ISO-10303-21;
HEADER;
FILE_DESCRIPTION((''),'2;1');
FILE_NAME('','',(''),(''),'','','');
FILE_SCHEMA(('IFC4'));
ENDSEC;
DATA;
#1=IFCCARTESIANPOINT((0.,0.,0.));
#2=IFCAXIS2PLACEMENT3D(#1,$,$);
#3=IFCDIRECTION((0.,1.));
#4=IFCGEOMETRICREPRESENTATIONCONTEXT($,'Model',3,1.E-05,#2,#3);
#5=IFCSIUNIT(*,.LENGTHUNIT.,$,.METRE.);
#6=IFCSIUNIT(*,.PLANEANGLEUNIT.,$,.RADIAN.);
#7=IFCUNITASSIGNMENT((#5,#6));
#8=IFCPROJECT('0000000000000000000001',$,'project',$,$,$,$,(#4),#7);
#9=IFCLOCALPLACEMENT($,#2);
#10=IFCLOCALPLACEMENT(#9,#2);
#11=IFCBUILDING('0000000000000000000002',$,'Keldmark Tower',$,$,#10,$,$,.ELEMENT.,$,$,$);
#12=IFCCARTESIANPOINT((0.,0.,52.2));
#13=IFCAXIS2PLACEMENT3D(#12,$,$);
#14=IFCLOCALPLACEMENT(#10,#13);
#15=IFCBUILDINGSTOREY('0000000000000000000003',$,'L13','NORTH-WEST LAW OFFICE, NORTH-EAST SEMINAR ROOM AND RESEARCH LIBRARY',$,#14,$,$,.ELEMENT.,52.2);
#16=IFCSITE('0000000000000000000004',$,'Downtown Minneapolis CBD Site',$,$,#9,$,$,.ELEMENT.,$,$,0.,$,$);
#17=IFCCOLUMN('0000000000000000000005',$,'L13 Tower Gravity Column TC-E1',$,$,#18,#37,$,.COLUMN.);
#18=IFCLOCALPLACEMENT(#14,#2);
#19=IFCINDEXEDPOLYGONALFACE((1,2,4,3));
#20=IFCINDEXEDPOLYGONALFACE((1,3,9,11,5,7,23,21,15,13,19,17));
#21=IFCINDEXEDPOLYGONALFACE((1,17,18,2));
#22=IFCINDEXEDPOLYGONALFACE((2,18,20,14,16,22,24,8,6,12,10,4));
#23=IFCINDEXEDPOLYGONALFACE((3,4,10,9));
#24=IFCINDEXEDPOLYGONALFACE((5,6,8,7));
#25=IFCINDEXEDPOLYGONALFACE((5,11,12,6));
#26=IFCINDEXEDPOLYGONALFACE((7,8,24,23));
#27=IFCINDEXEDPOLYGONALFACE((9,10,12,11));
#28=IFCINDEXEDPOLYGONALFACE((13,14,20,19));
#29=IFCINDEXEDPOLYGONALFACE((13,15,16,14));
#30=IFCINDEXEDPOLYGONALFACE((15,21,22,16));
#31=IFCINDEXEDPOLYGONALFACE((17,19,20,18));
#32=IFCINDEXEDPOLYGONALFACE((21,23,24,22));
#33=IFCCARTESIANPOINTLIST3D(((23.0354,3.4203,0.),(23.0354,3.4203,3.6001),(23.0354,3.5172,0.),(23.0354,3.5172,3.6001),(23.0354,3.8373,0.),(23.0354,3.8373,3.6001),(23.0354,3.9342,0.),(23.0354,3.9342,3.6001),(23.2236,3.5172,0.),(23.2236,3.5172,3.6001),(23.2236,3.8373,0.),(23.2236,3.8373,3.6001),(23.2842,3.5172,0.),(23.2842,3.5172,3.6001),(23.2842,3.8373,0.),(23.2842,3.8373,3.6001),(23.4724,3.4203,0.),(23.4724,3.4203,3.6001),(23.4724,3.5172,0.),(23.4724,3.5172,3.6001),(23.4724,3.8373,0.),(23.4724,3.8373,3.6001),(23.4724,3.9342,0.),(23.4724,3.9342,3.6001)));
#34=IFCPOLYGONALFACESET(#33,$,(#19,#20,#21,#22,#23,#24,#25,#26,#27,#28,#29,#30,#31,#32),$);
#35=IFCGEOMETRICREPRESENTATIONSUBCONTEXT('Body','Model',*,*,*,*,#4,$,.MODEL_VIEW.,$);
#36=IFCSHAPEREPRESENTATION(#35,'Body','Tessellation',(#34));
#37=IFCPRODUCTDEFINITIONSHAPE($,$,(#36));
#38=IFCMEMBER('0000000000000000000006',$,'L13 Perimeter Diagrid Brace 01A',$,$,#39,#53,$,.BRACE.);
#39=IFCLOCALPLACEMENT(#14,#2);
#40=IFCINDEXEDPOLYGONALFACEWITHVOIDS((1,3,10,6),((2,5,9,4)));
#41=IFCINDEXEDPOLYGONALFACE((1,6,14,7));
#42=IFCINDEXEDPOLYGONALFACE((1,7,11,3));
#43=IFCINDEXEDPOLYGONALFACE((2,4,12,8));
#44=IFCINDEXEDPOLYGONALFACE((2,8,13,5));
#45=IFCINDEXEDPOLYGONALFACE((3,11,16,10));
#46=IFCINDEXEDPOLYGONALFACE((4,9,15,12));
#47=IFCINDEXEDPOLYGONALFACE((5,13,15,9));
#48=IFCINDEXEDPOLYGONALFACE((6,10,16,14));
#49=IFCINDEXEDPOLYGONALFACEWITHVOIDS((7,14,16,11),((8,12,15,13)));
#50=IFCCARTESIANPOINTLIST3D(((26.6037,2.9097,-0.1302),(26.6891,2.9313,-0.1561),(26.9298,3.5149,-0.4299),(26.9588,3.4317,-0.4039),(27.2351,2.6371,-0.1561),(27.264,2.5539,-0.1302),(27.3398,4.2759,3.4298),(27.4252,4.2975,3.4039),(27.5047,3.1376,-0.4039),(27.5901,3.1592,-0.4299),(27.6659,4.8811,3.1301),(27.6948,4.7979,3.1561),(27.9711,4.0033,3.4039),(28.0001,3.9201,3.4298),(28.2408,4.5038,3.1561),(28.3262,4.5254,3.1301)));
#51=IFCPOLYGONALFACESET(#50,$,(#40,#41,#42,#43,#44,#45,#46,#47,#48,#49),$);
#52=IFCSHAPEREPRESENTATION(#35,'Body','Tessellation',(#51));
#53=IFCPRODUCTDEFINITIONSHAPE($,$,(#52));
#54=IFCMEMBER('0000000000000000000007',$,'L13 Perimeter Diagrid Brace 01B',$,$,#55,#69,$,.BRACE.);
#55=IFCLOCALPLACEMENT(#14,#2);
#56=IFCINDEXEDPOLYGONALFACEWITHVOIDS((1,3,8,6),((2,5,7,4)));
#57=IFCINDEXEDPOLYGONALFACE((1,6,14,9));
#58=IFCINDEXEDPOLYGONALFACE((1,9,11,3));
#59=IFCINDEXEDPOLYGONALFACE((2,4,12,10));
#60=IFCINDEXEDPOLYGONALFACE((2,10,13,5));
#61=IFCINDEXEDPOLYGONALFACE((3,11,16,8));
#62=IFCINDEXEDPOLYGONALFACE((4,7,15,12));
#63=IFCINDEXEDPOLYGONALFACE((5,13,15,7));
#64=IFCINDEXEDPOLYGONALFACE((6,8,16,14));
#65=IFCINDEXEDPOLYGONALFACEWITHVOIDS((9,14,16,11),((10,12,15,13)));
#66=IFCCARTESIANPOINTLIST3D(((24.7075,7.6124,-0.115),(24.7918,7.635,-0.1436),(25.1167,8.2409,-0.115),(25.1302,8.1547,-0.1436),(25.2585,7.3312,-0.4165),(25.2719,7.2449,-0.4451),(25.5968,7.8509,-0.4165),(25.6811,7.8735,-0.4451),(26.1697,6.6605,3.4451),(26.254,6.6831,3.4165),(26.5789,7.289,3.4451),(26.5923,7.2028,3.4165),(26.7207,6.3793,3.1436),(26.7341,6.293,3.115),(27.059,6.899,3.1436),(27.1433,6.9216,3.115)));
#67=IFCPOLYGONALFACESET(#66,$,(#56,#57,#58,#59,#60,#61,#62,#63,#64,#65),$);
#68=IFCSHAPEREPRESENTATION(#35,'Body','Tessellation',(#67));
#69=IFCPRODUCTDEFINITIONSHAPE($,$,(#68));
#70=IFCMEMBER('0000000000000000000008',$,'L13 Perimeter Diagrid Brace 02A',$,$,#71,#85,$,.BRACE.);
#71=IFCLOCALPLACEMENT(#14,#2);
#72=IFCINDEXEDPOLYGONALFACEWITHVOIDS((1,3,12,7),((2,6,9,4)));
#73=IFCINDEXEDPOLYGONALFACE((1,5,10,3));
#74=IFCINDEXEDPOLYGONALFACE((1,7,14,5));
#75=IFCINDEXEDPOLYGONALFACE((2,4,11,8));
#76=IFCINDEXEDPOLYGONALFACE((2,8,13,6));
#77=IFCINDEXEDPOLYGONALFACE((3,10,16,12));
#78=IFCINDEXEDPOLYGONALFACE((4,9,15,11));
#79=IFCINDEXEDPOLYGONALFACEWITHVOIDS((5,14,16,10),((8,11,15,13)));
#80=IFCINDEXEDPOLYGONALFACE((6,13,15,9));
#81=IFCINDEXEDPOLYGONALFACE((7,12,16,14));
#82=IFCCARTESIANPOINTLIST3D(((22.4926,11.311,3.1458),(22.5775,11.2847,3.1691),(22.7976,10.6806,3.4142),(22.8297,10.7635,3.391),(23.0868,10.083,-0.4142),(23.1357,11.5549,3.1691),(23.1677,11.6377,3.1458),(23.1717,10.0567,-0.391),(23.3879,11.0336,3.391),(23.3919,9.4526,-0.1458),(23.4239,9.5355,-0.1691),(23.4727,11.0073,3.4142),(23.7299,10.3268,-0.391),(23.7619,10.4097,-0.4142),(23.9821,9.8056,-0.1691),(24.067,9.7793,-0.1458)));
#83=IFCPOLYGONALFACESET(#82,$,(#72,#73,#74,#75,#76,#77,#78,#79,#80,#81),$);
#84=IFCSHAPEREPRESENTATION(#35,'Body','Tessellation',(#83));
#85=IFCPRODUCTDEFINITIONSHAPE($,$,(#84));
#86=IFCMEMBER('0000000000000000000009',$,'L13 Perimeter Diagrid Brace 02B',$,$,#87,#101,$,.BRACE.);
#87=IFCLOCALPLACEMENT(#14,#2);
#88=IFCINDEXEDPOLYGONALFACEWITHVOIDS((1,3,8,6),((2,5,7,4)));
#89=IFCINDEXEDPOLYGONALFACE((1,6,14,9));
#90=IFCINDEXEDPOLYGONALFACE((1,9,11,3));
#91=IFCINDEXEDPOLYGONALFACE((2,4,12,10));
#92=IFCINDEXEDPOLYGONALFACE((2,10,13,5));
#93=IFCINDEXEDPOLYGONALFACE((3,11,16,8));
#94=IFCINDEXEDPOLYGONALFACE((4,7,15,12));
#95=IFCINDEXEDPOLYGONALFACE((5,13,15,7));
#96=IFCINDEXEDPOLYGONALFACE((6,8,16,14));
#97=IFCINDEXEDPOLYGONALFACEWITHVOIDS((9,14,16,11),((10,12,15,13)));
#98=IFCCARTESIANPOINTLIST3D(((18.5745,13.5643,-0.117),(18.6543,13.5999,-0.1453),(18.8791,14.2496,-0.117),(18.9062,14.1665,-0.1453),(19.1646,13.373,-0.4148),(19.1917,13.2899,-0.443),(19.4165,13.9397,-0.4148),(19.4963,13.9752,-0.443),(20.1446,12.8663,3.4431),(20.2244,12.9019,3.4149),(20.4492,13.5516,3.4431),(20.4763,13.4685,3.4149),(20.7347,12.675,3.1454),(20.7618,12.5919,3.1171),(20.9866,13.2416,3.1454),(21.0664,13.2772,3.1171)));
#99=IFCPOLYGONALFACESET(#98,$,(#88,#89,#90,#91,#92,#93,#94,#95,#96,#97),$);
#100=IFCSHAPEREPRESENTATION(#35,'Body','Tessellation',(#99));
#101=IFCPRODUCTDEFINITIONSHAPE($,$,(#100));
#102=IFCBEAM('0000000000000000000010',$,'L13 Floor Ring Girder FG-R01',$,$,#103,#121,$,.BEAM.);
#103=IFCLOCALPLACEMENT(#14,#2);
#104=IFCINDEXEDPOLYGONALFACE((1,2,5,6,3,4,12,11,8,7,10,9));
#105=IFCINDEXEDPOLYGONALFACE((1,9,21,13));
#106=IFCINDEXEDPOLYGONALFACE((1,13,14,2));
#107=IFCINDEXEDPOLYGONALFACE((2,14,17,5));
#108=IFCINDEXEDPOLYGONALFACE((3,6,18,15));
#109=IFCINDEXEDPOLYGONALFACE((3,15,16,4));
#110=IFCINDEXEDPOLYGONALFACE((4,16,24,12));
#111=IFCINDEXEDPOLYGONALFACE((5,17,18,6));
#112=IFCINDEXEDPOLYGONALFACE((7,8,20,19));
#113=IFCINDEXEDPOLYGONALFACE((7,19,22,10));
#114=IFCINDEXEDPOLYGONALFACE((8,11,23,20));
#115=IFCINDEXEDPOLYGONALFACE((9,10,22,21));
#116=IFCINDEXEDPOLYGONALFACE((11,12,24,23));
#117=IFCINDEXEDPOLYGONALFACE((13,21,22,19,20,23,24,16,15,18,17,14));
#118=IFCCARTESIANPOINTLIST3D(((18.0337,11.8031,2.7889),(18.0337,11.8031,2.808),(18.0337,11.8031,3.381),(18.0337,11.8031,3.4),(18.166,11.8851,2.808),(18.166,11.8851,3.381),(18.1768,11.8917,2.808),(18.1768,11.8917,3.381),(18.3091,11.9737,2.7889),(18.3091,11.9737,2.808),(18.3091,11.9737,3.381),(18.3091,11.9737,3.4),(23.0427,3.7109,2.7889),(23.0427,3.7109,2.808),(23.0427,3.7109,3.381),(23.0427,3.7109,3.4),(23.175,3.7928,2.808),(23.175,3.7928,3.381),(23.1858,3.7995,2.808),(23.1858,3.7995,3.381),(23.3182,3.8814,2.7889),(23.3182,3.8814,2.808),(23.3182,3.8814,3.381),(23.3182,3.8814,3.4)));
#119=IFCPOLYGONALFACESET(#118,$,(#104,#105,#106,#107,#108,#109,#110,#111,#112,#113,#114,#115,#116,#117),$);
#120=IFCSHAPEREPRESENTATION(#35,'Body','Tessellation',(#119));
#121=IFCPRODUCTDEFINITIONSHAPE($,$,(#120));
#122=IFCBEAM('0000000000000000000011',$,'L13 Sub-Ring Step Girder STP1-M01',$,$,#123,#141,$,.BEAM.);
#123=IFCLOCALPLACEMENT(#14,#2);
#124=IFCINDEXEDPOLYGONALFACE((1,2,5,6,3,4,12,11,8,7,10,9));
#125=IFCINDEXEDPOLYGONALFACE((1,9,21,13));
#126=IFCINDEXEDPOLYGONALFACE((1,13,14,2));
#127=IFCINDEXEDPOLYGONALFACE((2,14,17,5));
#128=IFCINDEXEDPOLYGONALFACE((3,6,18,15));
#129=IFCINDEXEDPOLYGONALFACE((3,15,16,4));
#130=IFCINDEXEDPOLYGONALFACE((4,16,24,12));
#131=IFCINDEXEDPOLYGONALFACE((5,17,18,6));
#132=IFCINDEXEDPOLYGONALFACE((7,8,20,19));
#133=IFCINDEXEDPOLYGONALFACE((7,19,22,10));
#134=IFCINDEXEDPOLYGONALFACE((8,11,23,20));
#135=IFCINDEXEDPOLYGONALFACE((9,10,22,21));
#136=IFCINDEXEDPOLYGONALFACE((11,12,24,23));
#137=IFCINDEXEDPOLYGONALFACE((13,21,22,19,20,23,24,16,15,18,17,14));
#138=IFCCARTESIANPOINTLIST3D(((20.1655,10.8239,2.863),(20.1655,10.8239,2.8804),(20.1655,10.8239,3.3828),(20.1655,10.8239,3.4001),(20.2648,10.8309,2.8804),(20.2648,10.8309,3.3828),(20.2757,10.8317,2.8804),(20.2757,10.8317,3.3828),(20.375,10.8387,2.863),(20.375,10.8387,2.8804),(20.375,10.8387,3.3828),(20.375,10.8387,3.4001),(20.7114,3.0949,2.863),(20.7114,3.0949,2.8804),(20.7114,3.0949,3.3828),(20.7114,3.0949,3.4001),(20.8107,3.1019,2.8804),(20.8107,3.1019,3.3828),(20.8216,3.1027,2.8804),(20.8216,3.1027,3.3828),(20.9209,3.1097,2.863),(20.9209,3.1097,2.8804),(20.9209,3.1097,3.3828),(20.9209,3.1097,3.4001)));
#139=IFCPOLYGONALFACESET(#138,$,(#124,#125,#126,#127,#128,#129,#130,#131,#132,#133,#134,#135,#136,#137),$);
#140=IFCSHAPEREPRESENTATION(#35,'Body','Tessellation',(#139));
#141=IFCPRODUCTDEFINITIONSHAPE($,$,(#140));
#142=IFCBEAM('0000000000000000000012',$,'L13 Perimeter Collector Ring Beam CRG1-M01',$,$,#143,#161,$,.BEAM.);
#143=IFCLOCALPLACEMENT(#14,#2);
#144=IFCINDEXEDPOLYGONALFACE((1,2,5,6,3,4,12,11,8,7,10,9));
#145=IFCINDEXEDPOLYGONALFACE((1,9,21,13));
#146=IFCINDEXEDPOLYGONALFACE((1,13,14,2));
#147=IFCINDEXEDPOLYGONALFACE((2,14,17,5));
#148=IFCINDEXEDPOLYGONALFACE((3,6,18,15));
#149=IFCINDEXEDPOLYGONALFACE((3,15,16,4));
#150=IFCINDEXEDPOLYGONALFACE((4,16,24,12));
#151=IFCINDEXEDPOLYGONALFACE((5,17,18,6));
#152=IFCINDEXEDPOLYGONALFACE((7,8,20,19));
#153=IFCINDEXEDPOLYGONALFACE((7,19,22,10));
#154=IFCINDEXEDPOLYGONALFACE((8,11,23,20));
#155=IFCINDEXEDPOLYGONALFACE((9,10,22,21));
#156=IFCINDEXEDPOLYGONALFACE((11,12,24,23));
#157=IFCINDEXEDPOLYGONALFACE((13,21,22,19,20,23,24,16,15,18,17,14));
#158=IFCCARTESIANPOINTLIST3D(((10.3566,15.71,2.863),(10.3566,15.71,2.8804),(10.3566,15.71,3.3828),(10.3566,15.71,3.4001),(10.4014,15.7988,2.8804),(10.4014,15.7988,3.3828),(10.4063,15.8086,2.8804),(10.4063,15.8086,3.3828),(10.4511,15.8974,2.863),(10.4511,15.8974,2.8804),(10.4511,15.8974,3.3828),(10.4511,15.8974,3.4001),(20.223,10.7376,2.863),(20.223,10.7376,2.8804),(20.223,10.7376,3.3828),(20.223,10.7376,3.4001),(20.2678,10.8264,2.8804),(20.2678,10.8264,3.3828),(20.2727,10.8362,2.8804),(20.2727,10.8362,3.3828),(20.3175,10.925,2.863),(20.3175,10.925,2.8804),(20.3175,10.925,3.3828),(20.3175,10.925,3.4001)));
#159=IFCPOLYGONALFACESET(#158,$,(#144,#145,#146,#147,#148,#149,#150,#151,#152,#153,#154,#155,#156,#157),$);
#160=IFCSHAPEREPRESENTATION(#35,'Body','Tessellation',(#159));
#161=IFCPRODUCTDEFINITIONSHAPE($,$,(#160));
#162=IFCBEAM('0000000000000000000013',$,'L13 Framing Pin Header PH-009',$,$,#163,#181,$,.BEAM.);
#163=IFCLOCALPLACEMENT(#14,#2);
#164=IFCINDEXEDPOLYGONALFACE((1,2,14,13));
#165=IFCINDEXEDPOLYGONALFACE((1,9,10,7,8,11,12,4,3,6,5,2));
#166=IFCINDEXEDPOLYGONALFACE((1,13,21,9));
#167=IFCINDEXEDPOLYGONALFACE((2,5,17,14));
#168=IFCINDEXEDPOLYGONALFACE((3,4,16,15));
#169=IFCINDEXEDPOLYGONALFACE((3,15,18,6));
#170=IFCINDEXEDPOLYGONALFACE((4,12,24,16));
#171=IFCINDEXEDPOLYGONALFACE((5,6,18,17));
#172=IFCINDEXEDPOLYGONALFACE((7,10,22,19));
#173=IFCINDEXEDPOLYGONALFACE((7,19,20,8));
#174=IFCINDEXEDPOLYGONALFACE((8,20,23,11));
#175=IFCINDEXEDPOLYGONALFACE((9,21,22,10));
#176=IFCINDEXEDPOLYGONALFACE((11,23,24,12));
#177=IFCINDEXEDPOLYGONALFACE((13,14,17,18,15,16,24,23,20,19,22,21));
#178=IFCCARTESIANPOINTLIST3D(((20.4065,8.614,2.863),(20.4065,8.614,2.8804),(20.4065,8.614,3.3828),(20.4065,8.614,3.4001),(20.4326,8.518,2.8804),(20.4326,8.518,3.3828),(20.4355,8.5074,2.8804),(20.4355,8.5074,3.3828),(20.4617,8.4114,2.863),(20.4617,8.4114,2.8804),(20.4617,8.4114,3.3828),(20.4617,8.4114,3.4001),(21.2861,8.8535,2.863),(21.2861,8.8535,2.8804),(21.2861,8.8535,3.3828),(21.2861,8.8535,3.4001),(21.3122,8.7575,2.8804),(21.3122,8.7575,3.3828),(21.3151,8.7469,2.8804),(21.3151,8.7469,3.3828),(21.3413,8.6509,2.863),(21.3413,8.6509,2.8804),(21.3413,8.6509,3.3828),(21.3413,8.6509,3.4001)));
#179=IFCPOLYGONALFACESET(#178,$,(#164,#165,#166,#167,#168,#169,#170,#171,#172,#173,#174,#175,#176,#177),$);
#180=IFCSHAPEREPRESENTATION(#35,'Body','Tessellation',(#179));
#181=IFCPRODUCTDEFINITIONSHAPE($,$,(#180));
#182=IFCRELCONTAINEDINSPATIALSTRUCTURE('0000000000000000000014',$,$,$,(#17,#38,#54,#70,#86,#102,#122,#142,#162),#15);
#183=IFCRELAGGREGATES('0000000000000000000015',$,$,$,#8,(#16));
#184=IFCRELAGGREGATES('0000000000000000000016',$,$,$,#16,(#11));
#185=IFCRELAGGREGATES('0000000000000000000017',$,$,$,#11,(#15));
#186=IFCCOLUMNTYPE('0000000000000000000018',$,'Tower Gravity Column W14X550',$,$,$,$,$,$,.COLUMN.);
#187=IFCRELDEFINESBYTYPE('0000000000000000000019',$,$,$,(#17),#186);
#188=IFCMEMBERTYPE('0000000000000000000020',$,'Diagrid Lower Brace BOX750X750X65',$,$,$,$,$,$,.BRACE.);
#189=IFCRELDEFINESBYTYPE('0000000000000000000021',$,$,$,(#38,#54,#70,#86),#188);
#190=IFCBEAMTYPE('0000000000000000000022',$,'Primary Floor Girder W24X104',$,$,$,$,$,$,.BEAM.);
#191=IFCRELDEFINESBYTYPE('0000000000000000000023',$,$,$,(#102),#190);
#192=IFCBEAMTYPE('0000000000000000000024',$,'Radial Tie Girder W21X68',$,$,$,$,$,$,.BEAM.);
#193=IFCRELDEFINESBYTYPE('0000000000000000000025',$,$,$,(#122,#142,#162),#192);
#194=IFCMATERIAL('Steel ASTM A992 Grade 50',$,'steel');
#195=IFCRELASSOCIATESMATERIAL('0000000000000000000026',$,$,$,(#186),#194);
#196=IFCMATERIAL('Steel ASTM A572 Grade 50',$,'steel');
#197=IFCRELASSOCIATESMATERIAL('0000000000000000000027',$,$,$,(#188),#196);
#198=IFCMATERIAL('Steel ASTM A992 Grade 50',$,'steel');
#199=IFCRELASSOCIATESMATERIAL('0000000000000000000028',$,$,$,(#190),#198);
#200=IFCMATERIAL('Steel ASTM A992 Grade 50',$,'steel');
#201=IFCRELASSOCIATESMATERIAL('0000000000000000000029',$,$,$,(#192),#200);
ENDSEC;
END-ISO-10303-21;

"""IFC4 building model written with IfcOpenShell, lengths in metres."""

from ifc_helpers import new_model, si_unit, direction, frame, origin, origin_2d, place, context, subcontext, project, spatial, hollow_rectangle, i_section, extrude, material, material_profile, profile_set, type_object, element, save


model = new_model("IFC4")

# Units and contexts
model_context = context("Model", 3, precision=1e-05, world=origin(), true_north=direction((0.0, 1.0)))
body_context = subcontext(model_context, "Body", "Model", "MODEL_VIEW")
ifc_project = project(units=[si_unit("LENGTHUNIT", "METRE"), si_unit("PLANEANGLEUNIT", "RADIAN")], contexts=[model_context])

# Site, building, storey
site_placement = place(None, origin())
site = spatial("IfcSite", under=ifc_project, at=site_placement, Name="Downtown Minneapolis CBD Site", CompositionType="ELEMENT", RefElevation=0.0)
building_placement = place(site_placement, origin())
building = spatial("IfcBuilding", under=site, at=building_placement, Name="Keldmark Tower", CompositionType="ELEMENT")
storey_placement = place(building_placement, frame((0.0, 0.0, 52.2)))
storey = spatial("IfcBuildingStorey", under=building, at=storey_placement, Name="L13", Description="NORTH-WEST LAW OFFICE, NORTH-EAST SEMINAR ROOM AND RESEARCH LIBRARY", CompositionType="ELEMENT", Elevation=52.2)

# Column
ifc_material_1 = material(Name="Steel ASTM A992 Grade 50", Category="steel")
ifc_material_profile_1 = material_profile(ifc_material_1, i_section(OverallWidth=0.437, OverallDepth=0.5139, WebThickness=0.0605, FlangeThickness=0.0969, at=origin_2d()), Name="W14X550")
ifc_profile_set_1 = profile_set([ifc_material_profile_1], Name="Steel ASTM A992 Grade 50")
column_type = type_object("IfcColumnType", Name="Tower Gravity Column W14X550", PredefinedType="COLUMN", material=ifc_profile_set_1)
column_placement = place(storey_placement, frame((23.2539, 3.6772, 0.0), z_axis=(0.0, 0.0, 1.0), x_axis=(1.0, 0.0, 0.0)))
element("IfcColumn", 1, at=column_placement, inside=storey, type_object=column_type, Name="L13 Tower Gravity Column TC-E1", PredefinedType="COLUMN", context=body_context, shape_type="SweptSolid", body=[
    extrude(i_section(OverallWidth=0.437, OverallDepth=0.5139, WebThickness=0.0605, FlangeThickness=0.0969, at=origin_2d()), origin(), (0.0, 0.0, 1.0), 3.6001),
])

# Members
ifc_material_2 = material(Name="Steel ASTM A572 Grade 50", Category="steel")
ifc_material_profile_2 = material_profile(ifc_material_2, hollow_rectangle(XDim=0.75, YDim=0.75, WallThickness=0.0649, at=origin_2d()), Name="BOX750X750X65")
ifc_profile_set_2 = profile_set([ifc_material_profile_2], Name="Steel ASTM A572 Grade 50")
member_type = type_object("IfcMemberType", Name="Diagrid Lower Brace BOX750X750X65", PredefinedType="BRACE", material=ifc_profile_set_2)
member_1_placement = place(storey_placement, frame((27.0969, 3.0344, -0.28), z_axis=(0.189536, 0.35179, 0.91669), x_axis=(-0.880355, 0.474316, 0.0)))
element("IfcMember", 2, at=member_1_placement, inside=storey, type_object=member_type, Name="L13 Perimeter Diagrid Brace 01A", PredefinedType="BRACE", context=body_context, shape_type="SweptSolid", body=[
    extrude(hollow_rectangle(XDim=0.75, YDim=0.75, WallThickness=0.0649, at=origin_2d()), origin(), (0.0, 0.0, 1.0), 3.8835),
])
member_2_placement = place(storey_placement, frame((25.1943, 7.7429, -0.28), z_axis=(0.368804, -0.240101, 0.897962), x_axis=(0.545593, 0.83805, 0.0)))
element("IfcMember", 3, at=member_2_placement, inside=storey, type_object=member_type, Name="L13 Perimeter Diagrid Brace 01B", PredefinedType="BRACE", context=body_context, shape_type="SweptSolid", body=[
    extrude(hollow_rectangle(XDim=0.75, YDim=0.75, WallThickness=0.0649, at=origin_2d()), origin(), (0.0, 0.0, 1.0), 3.9646),
])
member_3_placement = place(storey_placement, frame((23.5769, 9.9312, -0.28), z_axis=(-0.155866, 0.322105, 0.933785), x_axis=(-0.90015, -0.43558, 0.0)))
element("IfcMember", 4, at=member_3_placement, inside=storey, type_object=member_type, Name="L13 Perimeter Diagrid Brace 02A", PredefinedType="BRACE", context=body_context, shape_type="SweptSolid", body=[
    extrude(hollow_rectangle(XDim=0.75, YDim=0.75, WallThickness=0.0649, at=origin_2d()), origin(), (0.0, 0.0, 1.0), 3.8125),
])
member_4_placement = place(storey_placement, frame((19.0354, 13.7698, -0.28), z_axis=(0.397182, -0.176574, 0.900593), x_axis=(0.406231, 0.913771, 0.0)))
element("IfcMember", 5, at=member_4_placement, inside=storey, type_object=member_type, Name="L13 Perimeter Diagrid Brace 02B", PredefinedType="BRACE", context=body_context, shape_type="SweptSolid", body=[
    extrude(hollow_rectangle(XDim=0.75, YDim=0.75, WallThickness=0.0649, at=origin_2d()), origin(), (0.0, 0.0, 1.0), 3.9531),
])

# Beams
ifc_material_3 = material(Name="Steel ASTM A992 Grade 50", Category="steel")
ifc_material_profile_3 = material_profile(ifc_material_3, i_section(OverallWidth=0.324, OverallDepth=0.6111, WebThickness=0.0127, FlangeThickness=0.019, at=origin_2d()), Name="W24X104")
ifc_profile_set_3 = profile_set([ifc_material_profile_3], Name="Steel ASTM A992 Grade 50")
beam_type_1 = type_object("IfcBeamType", Name="Primary Floor Girder W24X104", PredefinedType="BEAM", material=ifc_profile_set_3)
beam_1_placement = place(storey_placement, frame((23.1804, 3.7961, 3.0945), z_axis=(-0.526318, 0.850288, 0.0), x_axis=(-0.850288, -0.526318, 0.0)))
element("IfcBeam", 6, at=beam_1_placement, inside=storey, type_object=beam_type_1, Name="L13 Floor Ring Girder FG-R01", PredefinedType="BEAM", context=body_context, shape_type="SweptSolid", body=[
    extrude(i_section(OverallWidth=0.324, OverallDepth=0.6111, WebThickness=0.0127, FlangeThickness=0.019, at=origin_2d()), origin(), (0.0, 0.0, 1.0), 9.5171),
])
ifc_material_4 = material(Name="Steel ASTM A992 Grade 50", Category="steel")
ifc_material_profile_4 = material_profile(ifc_material_4, i_section(OverallWidth=0.21, OverallDepth=0.5371, WebThickness=0.011, FlangeThickness=0.0173, at=origin_2d()), Name="W21X68")
ifc_profile_set_4 = profile_set([ifc_material_profile_4], Name="Steel ASTM A992 Grade 50")
beam_type_2 = type_object("IfcBeamType", Name="Radial Tie Girder W21X68", PredefinedType="BEAM", material=ifc_profile_set_4)
beam_2_placement = place(storey_placement, frame((20.8162, 3.1023, 3.1316), z_axis=(-0.070454, 0.997515, 0.0), x_axis=(-0.997515, -0.070454, 0.0)))
element("IfcBeam", 7, at=beam_2_placement, inside=storey, type_object=beam_type_2, Name="L13 Sub-Ring Step Girder STP1-M01", PredefinedType="BEAM", context=body_context, shape_type="SweptSolid", body=[
    extrude(i_section(OverallWidth=0.21, OverallDepth=0.5371, WebThickness=0.011, FlangeThickness=0.0173, at=origin_2d()), origin(), (0.0, 0.0, 1.0), 7.7483),
])
beam_3_placement = place(storey_placement, frame((20.2703, 10.8313, 3.1316), z_axis=(-0.893004, 0.450049, 0.0), x_axis=(-0.450049, -0.893004, 0.0)))
element("IfcBeam", 8, at=beam_3_placement, inside=storey, type_object=beam_type_2, Name="L13 Perimeter Collector Ring Beam CRG1-M01", PredefinedType="BEAM", context=body_context, shape_type="SweptSolid", body=[
    extrude(i_section(OverallWidth=0.21, OverallDepth=0.5371, WebThickness=0.011, FlangeThickness=0.0173, at=origin_2d()), origin(), (0.0, 0.0, 1.0), 11.0486),
])
beam_4_placement = place(storey_placement, frame((20.4341, 8.5127, 3.1316), z_axis=(0.964875, 0.26271, 0.0), x_axis=(-0.26271, 0.964875, 0.0)))
element("IfcBeam", 9, at=beam_4_placement, inside=storey, type_object=beam_type_2, Name="L13 Framing Pin Header PH-009", PredefinedType="BEAM", context=body_context, shape_type="SweptSolid", body=[
    extrude(i_section(OverallWidth=0.21, OverallDepth=0.5371, WebThickness=0.011, FlangeThickness=0.0173, at=origin_2d()), origin(), (0.0, 0.0, 1.0), 0.9116),
])

save(model, "model.ifc")
